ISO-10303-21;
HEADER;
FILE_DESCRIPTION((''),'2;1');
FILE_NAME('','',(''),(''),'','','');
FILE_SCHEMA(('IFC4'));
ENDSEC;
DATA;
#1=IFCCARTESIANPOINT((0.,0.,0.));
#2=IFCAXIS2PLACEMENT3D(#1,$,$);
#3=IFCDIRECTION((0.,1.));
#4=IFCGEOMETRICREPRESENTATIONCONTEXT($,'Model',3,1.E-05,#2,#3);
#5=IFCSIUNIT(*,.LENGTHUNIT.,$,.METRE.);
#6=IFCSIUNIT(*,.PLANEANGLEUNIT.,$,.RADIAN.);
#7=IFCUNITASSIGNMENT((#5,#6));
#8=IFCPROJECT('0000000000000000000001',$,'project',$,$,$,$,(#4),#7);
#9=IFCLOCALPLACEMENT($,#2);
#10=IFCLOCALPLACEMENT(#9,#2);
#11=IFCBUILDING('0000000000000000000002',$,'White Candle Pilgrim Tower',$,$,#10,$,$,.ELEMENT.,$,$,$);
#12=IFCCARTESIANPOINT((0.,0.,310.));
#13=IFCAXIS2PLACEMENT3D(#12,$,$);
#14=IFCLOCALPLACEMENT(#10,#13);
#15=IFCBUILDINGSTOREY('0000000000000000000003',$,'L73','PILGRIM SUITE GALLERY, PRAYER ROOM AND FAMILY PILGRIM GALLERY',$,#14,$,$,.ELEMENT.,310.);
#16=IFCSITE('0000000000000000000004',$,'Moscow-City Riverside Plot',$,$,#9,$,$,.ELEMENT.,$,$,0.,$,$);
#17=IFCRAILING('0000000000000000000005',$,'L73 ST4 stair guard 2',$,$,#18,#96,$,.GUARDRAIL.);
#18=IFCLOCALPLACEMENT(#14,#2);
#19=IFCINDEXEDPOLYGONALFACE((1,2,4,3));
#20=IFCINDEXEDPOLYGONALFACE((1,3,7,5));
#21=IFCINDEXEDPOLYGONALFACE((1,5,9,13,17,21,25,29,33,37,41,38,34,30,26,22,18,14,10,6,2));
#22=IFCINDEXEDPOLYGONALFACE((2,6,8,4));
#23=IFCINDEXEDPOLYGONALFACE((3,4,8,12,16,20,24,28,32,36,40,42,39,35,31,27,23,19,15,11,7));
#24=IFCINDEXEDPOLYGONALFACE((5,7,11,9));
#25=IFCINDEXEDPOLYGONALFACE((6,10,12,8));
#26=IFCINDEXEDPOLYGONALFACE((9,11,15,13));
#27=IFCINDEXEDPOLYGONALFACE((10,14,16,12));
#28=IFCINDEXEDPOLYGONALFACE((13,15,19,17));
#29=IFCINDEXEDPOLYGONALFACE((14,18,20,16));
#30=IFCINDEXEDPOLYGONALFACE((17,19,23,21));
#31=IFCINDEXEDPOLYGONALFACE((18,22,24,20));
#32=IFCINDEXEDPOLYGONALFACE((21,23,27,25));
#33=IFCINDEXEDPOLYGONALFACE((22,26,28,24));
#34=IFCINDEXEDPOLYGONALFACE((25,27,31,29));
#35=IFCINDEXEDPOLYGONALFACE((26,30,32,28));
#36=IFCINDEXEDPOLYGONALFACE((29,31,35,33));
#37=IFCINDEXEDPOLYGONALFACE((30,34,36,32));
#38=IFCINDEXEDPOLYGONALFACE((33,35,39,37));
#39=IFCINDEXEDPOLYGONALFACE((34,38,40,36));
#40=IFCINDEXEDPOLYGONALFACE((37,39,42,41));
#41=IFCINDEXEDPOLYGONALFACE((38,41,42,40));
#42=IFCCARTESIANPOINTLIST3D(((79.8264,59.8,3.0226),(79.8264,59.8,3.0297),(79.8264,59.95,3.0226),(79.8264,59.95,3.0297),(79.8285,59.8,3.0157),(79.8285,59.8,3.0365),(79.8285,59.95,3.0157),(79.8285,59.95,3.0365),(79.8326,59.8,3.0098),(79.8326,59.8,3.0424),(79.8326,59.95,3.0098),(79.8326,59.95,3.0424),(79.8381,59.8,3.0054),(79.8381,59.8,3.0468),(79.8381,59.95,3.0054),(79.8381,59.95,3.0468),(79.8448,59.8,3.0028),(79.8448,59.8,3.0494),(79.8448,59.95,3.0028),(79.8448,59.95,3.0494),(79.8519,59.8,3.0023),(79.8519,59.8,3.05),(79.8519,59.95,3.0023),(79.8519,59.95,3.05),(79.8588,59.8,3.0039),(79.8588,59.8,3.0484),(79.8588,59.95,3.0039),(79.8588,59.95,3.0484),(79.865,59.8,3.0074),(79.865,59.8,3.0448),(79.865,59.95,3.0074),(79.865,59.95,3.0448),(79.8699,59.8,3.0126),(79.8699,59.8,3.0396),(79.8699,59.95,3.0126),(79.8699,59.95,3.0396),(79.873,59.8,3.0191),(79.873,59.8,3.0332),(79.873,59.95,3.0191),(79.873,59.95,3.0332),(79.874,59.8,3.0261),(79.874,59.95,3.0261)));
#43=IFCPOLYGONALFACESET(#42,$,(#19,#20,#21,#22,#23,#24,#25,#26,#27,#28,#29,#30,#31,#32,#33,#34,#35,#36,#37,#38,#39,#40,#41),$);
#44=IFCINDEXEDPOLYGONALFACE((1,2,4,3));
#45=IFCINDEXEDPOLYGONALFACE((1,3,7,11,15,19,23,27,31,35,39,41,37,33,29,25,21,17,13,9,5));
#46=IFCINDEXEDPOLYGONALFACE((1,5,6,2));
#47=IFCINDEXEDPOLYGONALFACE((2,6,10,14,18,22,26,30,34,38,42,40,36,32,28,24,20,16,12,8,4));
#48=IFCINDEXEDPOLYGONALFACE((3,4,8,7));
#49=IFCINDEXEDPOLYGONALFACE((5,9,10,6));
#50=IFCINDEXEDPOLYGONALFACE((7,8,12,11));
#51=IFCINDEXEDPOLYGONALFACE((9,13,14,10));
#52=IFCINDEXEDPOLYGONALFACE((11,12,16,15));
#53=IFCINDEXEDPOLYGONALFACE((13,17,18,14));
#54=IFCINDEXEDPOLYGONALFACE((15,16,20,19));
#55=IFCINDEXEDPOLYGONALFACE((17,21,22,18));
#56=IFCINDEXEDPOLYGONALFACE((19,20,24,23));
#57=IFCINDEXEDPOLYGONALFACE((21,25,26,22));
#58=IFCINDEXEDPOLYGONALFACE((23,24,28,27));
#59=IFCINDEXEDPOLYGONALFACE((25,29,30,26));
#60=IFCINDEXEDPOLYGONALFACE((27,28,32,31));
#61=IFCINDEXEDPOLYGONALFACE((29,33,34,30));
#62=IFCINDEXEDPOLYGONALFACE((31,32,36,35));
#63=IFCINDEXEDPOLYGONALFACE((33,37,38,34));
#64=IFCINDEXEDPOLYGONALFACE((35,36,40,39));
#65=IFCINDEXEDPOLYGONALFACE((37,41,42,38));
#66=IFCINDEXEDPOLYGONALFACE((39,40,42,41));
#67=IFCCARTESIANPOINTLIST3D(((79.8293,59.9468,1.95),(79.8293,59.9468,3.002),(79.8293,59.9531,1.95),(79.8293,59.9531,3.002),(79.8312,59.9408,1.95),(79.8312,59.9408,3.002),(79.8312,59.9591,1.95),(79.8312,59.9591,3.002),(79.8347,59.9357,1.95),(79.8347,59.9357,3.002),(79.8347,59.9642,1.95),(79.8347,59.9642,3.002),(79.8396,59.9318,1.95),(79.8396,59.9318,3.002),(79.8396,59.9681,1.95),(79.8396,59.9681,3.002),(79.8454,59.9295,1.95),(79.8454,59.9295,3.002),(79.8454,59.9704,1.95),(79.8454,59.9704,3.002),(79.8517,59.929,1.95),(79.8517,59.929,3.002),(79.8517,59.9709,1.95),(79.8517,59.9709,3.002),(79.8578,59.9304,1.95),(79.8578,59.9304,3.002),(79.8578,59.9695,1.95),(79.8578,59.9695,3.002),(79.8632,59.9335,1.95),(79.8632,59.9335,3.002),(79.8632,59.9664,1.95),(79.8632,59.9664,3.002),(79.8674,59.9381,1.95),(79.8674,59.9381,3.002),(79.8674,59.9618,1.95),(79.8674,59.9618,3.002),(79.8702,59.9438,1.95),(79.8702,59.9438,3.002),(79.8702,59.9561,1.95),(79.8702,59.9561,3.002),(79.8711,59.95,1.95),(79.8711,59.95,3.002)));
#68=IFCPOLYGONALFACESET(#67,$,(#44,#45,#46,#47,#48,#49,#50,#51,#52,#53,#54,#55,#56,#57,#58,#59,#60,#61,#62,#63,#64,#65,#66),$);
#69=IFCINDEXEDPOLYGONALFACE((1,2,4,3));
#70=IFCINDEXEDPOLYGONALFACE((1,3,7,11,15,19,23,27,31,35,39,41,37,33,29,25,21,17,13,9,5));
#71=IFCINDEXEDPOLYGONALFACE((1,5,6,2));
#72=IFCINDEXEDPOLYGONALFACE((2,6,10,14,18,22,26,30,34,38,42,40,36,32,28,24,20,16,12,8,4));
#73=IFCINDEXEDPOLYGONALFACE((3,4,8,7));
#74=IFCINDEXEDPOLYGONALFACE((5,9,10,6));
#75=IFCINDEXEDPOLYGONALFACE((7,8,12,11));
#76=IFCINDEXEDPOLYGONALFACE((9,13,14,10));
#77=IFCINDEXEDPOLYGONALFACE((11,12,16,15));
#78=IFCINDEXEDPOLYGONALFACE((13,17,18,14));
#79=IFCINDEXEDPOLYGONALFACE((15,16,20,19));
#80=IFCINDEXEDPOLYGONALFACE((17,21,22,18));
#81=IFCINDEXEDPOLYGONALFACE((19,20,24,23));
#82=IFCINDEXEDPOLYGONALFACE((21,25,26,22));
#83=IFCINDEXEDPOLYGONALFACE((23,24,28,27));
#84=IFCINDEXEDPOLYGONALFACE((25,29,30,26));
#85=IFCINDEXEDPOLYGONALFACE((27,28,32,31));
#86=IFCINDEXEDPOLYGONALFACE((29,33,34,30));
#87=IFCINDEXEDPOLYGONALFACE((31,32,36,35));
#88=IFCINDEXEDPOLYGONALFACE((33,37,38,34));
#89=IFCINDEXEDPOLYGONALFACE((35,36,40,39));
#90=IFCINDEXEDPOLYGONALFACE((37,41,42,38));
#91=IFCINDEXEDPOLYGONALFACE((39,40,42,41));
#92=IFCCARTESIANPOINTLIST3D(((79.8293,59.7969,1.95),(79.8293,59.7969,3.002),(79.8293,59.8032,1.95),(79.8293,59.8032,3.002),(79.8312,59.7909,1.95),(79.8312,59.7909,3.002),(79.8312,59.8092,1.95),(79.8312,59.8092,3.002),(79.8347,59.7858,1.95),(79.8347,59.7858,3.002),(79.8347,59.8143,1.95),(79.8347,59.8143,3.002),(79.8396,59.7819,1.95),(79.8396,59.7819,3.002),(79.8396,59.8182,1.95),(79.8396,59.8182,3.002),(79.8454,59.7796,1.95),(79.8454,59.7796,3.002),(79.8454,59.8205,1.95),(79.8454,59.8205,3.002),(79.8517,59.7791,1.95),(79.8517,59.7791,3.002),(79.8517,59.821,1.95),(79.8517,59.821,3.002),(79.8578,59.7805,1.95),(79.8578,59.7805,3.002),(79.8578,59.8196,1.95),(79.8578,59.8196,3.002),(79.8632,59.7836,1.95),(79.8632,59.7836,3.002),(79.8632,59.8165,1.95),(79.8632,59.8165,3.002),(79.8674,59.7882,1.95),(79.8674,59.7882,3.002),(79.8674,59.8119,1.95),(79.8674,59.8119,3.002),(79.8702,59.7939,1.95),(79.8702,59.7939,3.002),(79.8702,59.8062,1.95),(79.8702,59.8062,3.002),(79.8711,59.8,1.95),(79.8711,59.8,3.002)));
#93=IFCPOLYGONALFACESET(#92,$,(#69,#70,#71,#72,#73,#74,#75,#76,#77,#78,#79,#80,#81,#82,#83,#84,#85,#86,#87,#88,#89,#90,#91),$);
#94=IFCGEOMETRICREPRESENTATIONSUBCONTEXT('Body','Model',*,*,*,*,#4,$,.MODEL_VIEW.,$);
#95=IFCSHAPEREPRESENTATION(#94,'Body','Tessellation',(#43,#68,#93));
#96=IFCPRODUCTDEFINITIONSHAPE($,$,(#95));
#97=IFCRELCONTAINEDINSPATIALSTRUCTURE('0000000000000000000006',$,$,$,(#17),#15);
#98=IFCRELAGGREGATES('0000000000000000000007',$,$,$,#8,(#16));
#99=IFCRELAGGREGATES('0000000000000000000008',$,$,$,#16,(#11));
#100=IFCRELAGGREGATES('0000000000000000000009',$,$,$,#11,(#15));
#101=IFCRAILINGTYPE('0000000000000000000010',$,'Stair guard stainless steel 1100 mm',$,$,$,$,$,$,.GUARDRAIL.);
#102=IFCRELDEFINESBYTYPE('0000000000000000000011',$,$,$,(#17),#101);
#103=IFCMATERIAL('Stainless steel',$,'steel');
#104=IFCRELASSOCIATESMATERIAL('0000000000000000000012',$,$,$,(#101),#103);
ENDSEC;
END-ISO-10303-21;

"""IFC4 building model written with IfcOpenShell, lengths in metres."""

from ifc_helpers import new_model, si_unit, direction, frame, origin, origin_2d, place, context, subcontext, project, spatial, circle, extrude, material, type_object, element, save


model = new_model("IFC4")

# Units and contexts
model_context = context("Model", 3, precision=1e-05, world=origin(), true_north=direction((0.0, 1.0)))
body_context = subcontext(model_context, "Body", "Model", "MODEL_VIEW")
ifc_project = project(units=[si_unit("LENGTHUNIT", "METRE"), si_unit("PLANEANGLEUNIT", "RADIAN")], contexts=[model_context])

# Site, building, storey
site_placement = place(None, origin())
site = spatial("IfcSite", under=ifc_project, at=site_placement, Name="Moscow-City Riverside Plot", CompositionType="ELEMENT", RefElevation=0.0)
building_placement = place(site_placement, origin())
building = spatial("IfcBuilding", under=site, at=building_placement, Name="White Candle Pilgrim Tower", CompositionType="ELEMENT")
storey_placement = place(building_placement, frame((0.0, 0.0, 310.0)))
storey = spatial("IfcBuildingStorey", under=building, at=storey_placement, Name="L73", Description="PILGRIM SUITE GALLERY, PRAYER ROOM AND FAMILY PILGRIM GALLERY", CompositionType="ELEMENT", Elevation=310.0)

# Railing
ifc_material_1 = material(Name="Stainless steel", Category="steel")
railing_type_1 = type_object("IfcRailingType", Name="Stair guard stainless steel 1100 mm", PredefinedType="GUARDRAIL", material=ifc_material_1)
railing_1_placement = place(storey_placement, frame((79.8501, 59.95, 1.95)))
element("IfcRailing", 1, at=railing_1_placement, inside=storey, type_object=railing_type_1, Name="L73 ST4 stair guard 2", PredefinedType="GUARDRAIL", context=body_context, shape_type="SweptSolid", body=[
    extrude(circle(Radius=0.0239, at=origin_2d()), frame((0.0, 0.0, 1.0762), z_axis=(0.0, -1.0, 0.0), x_axis=(1.0, 0.0, 0.0)), (0.0, 0.0, 1.0), 0.1499),
    extrude(circle(Radius=0.021, at=origin_2d()), origin(), (0.0, 0.0, 1.0), 1.052),
    extrude(circle(Radius=0.021, at=origin_2d()), frame((0.0, -0.1499, 0.0)), (0.0, 0.0, 1.0), 1.052),
])

save(model, "model.ifc")
